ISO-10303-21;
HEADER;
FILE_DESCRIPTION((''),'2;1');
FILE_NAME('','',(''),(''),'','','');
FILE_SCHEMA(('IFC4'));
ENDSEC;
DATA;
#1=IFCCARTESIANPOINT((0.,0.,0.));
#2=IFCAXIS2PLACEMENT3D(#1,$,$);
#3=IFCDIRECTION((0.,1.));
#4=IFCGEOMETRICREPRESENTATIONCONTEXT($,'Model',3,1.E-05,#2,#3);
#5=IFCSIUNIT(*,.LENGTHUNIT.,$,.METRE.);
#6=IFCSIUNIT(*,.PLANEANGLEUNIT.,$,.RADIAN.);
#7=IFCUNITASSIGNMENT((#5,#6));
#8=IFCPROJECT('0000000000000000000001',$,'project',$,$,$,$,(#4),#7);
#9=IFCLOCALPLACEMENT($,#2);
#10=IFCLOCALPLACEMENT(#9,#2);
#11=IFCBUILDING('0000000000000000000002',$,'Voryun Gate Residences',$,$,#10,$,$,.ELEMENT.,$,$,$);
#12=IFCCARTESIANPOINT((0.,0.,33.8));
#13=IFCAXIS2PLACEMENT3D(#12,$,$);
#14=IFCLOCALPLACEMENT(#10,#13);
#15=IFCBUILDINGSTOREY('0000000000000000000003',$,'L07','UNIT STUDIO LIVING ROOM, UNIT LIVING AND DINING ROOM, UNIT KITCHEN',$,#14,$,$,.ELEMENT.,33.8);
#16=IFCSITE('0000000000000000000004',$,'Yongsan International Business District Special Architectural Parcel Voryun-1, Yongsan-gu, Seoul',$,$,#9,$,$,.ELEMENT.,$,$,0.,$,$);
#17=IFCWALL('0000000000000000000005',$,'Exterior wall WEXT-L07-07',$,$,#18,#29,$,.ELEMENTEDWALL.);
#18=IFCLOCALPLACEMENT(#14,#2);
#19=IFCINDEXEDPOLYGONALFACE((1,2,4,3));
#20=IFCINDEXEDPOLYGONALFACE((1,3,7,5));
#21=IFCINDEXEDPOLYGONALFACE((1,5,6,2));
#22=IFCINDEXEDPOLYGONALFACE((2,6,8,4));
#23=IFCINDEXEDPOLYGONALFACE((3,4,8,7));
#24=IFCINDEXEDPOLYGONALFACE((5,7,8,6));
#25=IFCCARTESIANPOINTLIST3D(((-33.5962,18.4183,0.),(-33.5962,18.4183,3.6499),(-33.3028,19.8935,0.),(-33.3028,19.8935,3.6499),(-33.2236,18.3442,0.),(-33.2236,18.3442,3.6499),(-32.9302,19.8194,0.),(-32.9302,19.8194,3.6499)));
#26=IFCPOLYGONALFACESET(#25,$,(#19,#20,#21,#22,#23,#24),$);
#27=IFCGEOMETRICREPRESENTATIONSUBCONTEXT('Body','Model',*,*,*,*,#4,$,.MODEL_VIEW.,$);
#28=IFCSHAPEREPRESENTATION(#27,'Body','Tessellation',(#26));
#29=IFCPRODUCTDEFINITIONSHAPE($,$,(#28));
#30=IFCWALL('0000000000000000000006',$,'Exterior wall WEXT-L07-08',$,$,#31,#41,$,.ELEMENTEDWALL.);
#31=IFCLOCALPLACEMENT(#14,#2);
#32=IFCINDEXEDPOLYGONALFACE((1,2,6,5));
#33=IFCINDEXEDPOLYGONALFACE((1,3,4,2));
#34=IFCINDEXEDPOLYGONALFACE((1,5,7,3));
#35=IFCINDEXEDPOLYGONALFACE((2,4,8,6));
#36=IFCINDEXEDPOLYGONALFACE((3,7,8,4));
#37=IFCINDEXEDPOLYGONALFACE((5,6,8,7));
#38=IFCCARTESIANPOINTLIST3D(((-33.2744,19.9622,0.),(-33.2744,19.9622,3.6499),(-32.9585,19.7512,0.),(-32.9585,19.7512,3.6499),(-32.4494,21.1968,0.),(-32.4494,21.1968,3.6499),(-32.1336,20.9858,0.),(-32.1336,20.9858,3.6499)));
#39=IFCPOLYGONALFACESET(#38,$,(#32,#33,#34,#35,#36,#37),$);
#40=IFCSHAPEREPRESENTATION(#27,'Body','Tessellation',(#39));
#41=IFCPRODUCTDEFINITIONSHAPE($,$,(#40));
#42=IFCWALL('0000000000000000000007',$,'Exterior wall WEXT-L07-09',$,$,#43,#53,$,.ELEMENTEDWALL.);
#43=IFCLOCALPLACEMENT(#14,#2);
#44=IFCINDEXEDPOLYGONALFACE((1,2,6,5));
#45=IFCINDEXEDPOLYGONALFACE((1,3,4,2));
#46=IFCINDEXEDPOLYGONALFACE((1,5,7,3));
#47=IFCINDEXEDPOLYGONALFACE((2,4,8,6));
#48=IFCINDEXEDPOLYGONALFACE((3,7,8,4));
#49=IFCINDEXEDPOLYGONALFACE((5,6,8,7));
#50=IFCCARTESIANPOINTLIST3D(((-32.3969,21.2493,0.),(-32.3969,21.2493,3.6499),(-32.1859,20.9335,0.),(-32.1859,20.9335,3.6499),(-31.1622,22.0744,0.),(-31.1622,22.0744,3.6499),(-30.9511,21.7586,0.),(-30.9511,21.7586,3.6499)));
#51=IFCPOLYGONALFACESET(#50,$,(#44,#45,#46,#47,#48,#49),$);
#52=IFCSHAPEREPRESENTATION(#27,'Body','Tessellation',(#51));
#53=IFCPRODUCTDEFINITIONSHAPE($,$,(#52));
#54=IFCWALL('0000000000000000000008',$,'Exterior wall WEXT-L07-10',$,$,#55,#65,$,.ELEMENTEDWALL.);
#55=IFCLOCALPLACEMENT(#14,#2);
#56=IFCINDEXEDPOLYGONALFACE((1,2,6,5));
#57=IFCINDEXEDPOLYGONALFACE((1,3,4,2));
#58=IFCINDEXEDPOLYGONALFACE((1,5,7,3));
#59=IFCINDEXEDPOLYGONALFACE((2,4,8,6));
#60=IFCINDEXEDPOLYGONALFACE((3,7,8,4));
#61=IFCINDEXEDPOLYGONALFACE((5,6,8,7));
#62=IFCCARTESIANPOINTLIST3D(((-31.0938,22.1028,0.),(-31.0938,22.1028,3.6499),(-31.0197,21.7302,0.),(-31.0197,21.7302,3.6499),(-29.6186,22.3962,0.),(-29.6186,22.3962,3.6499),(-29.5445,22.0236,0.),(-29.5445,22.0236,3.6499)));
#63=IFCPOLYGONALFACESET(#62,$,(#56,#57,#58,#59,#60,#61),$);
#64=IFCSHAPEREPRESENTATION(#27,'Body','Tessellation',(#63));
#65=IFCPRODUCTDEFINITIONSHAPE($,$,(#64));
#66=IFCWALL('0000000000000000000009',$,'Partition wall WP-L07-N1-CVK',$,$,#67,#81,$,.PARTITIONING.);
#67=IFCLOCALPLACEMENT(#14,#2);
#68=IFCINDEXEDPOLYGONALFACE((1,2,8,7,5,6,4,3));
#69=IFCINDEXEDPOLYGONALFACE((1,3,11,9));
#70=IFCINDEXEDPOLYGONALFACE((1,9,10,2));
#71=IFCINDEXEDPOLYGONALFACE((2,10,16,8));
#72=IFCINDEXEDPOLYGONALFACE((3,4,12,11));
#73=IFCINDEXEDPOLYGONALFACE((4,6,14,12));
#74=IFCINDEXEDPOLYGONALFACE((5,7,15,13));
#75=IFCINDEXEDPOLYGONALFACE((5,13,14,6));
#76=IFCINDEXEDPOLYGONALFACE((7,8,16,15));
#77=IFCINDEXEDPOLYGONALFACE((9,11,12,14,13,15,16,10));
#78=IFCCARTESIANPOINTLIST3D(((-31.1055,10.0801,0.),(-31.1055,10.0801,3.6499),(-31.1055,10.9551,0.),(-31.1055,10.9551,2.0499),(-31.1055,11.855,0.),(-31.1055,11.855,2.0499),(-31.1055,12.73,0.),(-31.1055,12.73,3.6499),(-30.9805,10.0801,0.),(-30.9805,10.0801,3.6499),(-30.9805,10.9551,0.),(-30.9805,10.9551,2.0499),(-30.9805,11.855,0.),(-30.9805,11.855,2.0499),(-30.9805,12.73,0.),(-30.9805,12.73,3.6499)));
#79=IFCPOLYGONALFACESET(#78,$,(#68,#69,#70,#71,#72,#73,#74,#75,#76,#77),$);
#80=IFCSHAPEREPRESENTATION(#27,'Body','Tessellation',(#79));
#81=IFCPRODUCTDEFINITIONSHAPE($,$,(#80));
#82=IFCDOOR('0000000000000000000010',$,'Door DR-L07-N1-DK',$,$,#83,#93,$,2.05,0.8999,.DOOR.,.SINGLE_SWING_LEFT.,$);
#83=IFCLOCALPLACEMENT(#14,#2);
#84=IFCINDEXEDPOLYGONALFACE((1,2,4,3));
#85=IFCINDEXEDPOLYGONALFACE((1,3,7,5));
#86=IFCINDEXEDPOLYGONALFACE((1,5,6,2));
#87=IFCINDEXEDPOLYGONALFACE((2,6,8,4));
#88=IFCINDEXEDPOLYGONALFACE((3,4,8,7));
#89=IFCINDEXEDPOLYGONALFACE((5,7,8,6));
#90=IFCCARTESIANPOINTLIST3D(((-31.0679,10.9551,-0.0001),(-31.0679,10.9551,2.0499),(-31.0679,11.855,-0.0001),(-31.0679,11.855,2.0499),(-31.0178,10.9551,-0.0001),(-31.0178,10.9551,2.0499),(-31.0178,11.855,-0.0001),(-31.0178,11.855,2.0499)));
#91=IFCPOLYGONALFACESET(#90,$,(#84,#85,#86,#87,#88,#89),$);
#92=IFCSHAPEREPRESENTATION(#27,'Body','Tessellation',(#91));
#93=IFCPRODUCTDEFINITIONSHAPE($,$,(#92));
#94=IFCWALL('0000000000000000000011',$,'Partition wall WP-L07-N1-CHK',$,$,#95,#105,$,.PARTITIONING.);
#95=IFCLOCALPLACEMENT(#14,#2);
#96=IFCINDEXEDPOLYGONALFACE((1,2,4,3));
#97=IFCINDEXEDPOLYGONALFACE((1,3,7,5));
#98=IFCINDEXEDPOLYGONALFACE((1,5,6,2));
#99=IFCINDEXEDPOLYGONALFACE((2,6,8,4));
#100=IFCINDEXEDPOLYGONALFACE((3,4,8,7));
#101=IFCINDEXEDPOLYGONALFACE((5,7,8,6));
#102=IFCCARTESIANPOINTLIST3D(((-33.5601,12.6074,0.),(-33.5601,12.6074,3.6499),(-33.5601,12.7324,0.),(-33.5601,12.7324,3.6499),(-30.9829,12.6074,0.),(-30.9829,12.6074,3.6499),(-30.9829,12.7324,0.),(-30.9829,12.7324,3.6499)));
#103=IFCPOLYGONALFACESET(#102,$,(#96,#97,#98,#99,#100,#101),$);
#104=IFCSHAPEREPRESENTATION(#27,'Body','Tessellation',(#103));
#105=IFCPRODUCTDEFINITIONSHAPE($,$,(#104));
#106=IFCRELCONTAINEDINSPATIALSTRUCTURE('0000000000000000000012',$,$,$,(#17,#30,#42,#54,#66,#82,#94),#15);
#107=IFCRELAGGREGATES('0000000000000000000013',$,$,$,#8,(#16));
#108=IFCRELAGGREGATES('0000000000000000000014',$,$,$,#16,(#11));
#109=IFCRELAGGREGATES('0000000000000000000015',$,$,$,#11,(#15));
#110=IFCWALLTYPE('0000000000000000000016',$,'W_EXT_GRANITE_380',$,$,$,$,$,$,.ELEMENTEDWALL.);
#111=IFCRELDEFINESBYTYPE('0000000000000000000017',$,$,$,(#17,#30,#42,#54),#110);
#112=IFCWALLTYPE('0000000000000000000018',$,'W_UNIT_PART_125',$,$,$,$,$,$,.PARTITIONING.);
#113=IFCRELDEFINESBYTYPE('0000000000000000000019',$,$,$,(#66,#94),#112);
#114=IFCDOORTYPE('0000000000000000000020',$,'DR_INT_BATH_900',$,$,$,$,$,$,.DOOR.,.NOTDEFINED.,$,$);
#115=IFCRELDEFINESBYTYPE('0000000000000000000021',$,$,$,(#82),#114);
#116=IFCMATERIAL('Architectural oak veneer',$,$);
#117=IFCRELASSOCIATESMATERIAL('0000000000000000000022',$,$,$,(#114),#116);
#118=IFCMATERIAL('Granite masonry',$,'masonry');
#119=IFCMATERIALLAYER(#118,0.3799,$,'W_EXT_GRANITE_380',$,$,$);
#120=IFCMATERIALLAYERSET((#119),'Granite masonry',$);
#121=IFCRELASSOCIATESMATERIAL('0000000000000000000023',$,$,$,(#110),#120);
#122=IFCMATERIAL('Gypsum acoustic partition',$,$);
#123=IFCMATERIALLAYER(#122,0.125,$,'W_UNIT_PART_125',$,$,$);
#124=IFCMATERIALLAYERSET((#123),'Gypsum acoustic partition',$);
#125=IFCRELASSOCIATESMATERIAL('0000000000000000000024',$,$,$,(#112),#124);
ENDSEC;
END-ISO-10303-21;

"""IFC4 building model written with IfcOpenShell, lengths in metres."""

from ifc_helpers import new_model, si_unit, direction, frame, frame_2d, origin, place, context, subcontext, project, spatial, rectangle, extrude, material, layer, layer_set, type_object, element, fill, save


model = new_model("IFC4")

# Units and contexts
model_context = context("Model", 3, precision=1e-05, world=origin(), true_north=direction((0.0, 1.0)))
body_context = subcontext(model_context, "Body", "Model", "MODEL_VIEW")
ifc_project = project(units=[si_unit("LENGTHUNIT", "METRE"), si_unit("PLANEANGLEUNIT", "RADIAN")], contexts=[model_context])

# Site, building, storey
site_placement = place(None, origin())
site = spatial("IfcSite", under=ifc_project, at=site_placement, Name="Yongsan International Business District Special Architectural Parcel Voryun-1, Yongsan-gu, Seoul", CompositionType="ELEMENT", RefElevation=0.0)
building_placement = place(site_placement, origin())
building = spatial("IfcBuilding", under=site, at=building_placement, Name="Voryun Gate Residences", CompositionType="ELEMENT")
storey_placement = place(building_placement, frame((0.0, 0.0, 33.8)))
storey = spatial("IfcBuildingStorey", under=building, at=storey_placement, Name="L07", Description="UNIT STUDIO LIVING ROOM, UNIT LIVING AND DINING ROOM, UNIT KITCHEN", CompositionType="ELEMENT", Elevation=33.8)

# Shared definitions
ifc_material_1 = material(Name="Architectural oak veneer")
door_type_1 = type_object("IfcDoorType", Name="DR_INT_BATH_900", OperationType="NOTDEFINED", PredefinedType="DOOR", material=ifc_material_1)

# Walls
ifc_material_2 = material(Name="Granite masonry", Category="masonry")
ifc_layer_1 = layer(ifc_material_2, 0.3799, Name="W_EXT_GRANITE_380")
ifc_layer_set_1 = layer_set([ifc_layer_1], Name="Granite masonry")
wall_type_1 = type_object("IfcWallType", Name="W_EXT_GRANITE_380", PredefinedType="ELEMENTEDWALL", material=ifc_layer_set_1)
wall_1_placement = place(storey_placement, frame((-33.4099, 18.3813, 0.0), z_axis=(0.0, 0.0, 1.0), x_axis=(0.195086, 0.980786, 0.0)))
element("IfcWall", 1, at=wall_1_placement, inside=storey, type_object=wall_type_1, Name="Exterior wall WEXT-L07-07", PredefinedType="ELEMENTEDWALL", context=body_context, shape_type="SweptSolid", body=[
    extrude(rectangle(XDim=1.5042, YDim=0.3799, at=frame_2d((0.752, 0.0))), origin(), (0.0, 0.0, 1.0), 3.6499),
])
wall_2_placement = place(storey_placement, frame((-33.1165, 19.8567, 0.0), z_axis=(0.0, 0.0, 1.0), x_axis=(0.555573, 0.831468, 0.0)))
element("IfcWall", 2, at=wall_2_placement, inside=storey, type_object=wall_type_1, Name="Exterior wall WEXT-L07-08", PredefinedType="ELEMENTEDWALL", context=body_context, shape_type="SweptSolid", body=[
    extrude(rectangle(XDim=1.4849, YDim=0.3799, at=frame_2d((0.7424, 0.0))), origin(), (0.0, 0.0, 1.0), 3.6499),
])
wall_3_placement = place(storey_placement, frame((-32.2915, 21.0913, 0.0), z_axis=(0.0, 0.0, 1.0), x_axis=(0.831443, 0.55561, 0.0)))
element("IfcWall", 3, at=wall_3_placement, inside=storey, type_object=wall_type_1, Name="Exterior wall WEXT-L07-09", PredefinedType="ELEMENTEDWALL", context=body_context, shape_type="SweptSolid", body=[
    extrude(rectangle(XDim=1.4851, YDim=0.3799, at=frame_2d((0.7427, 0.0))), origin(), (0.0, 0.0, 1.0), 3.6499),
])
wall_4_placement = place(storey_placement, frame((-31.0566, 21.9165, 0.0), z_axis=(0.0, 0.0, 1.0), x_axis=(0.980786, 0.195086, 0.0)))
element("IfcWall", 4, at=wall_4_placement, inside=storey, type_object=wall_type_1, Name="Exterior wall WEXT-L07-10", PredefinedType="ELEMENTEDWALL", context=body_context, shape_type="SweptSolid", body=[
    extrude(rectangle(XDim=1.5042, YDim=0.3799, at=frame_2d((0.752, 0.0))), origin(), (0.0, 0.0, 1.0), 3.6499),
])

# Wall, opening, door
ifc_material_3 = material(Name="Gypsum acoustic partition")
ifc_layer_2 = layer(ifc_material_3, 0.125, Name="W_UNIT_PART_125")
ifc_layer_set_2 = layer_set([ifc_layer_2], Name="Gypsum acoustic partition")
wall_type_2 = type_object("IfcWallType", Name="W_UNIT_PART_125", PredefinedType="PARTITIONING", material=ifc_layer_set_2)
wall_5_placement = place(storey_placement, frame((-31.043, 10.0801, 0.0), z_axis=(0.0, 0.0, 1.0), x_axis=(0.0, 1.0, 0.0)))
wall_5 = element("IfcWall", 5, at=wall_5_placement, inside=storey, type_object=wall_type_2, Name="Partition wall WP-L07-N1-CVK", PredefinedType="PARTITIONING", context=body_context, shape_type="SweptSolid", body=[
    extrude(rectangle(XDim=2.6499, YDim=0.125, at=frame_2d((1.325, 0.0))), origin(), (0.0, 0.0, 1.0), 3.6499),
])
opening_1_placement = place(wall_5_placement, frame((0.875, 0.0, 0.0)))
opening_1 = element("IfcOpeningElement", 6, at=opening_1_placement, cuts=wall_5, PredefinedType="OPENING", context=body_context, shape_type="SweptSolid", body=[
    extrude(rectangle(XDim=0.8999, YDim=2.05, at=frame_2d((0.45, 1.0249))), frame((0.0, 0.0725, 0.0), z_axis=(0.0, -1.0, 0.0), x_axis=(1.0, 0.0, 0.0)), (0.0, 0.0, 1.0), 0.145),
])
door_1_placement = place(opening_1_placement, origin())
door_1 = element("IfcDoor", 7, at=door_1_placement, inside=storey, type_object=door_type_1, Name="Door DR-L07-N1-DK", OperationType="SINGLE_SWING_LEFT", OverallHeight=2.05, OverallWidth=0.8999, PredefinedType="DOOR", context=body_context, shape_type="SweptSolid", body=[
    extrude(rectangle(XDim=0.8999, YDim=2.05, at=frame_2d((0.45, 1.0249))), frame((0.0, 0.0249, 0.0), z_axis=(0.0, -1.0, 0.0), x_axis=(1.0, 0.0, 0.0)), (0.0, 0.0, 1.0), 0.05),
])
fill(opening_1, door_1)

# Wall
wall_6_placement = place(storey_placement, frame((-33.5601, 12.6699, 0.0), z_axis=(0.0, 0.0, 1.0), x_axis=(1.0, 0.0, 0.0)))
element("IfcWall", 8, at=wall_6_placement, inside=storey, type_object=wall_type_2, Name="Partition wall WP-L07-N1-CHK", PredefinedType="PARTITIONING", context=body_context, shape_type="SweptSolid", body=[
    extrude(rectangle(XDim=2.5771, YDim=0.125, at=frame_2d((1.2886, 0.0))), origin(), (0.0, 0.0, 1.0), 3.6499),
])

save(model, "model.ifc")
